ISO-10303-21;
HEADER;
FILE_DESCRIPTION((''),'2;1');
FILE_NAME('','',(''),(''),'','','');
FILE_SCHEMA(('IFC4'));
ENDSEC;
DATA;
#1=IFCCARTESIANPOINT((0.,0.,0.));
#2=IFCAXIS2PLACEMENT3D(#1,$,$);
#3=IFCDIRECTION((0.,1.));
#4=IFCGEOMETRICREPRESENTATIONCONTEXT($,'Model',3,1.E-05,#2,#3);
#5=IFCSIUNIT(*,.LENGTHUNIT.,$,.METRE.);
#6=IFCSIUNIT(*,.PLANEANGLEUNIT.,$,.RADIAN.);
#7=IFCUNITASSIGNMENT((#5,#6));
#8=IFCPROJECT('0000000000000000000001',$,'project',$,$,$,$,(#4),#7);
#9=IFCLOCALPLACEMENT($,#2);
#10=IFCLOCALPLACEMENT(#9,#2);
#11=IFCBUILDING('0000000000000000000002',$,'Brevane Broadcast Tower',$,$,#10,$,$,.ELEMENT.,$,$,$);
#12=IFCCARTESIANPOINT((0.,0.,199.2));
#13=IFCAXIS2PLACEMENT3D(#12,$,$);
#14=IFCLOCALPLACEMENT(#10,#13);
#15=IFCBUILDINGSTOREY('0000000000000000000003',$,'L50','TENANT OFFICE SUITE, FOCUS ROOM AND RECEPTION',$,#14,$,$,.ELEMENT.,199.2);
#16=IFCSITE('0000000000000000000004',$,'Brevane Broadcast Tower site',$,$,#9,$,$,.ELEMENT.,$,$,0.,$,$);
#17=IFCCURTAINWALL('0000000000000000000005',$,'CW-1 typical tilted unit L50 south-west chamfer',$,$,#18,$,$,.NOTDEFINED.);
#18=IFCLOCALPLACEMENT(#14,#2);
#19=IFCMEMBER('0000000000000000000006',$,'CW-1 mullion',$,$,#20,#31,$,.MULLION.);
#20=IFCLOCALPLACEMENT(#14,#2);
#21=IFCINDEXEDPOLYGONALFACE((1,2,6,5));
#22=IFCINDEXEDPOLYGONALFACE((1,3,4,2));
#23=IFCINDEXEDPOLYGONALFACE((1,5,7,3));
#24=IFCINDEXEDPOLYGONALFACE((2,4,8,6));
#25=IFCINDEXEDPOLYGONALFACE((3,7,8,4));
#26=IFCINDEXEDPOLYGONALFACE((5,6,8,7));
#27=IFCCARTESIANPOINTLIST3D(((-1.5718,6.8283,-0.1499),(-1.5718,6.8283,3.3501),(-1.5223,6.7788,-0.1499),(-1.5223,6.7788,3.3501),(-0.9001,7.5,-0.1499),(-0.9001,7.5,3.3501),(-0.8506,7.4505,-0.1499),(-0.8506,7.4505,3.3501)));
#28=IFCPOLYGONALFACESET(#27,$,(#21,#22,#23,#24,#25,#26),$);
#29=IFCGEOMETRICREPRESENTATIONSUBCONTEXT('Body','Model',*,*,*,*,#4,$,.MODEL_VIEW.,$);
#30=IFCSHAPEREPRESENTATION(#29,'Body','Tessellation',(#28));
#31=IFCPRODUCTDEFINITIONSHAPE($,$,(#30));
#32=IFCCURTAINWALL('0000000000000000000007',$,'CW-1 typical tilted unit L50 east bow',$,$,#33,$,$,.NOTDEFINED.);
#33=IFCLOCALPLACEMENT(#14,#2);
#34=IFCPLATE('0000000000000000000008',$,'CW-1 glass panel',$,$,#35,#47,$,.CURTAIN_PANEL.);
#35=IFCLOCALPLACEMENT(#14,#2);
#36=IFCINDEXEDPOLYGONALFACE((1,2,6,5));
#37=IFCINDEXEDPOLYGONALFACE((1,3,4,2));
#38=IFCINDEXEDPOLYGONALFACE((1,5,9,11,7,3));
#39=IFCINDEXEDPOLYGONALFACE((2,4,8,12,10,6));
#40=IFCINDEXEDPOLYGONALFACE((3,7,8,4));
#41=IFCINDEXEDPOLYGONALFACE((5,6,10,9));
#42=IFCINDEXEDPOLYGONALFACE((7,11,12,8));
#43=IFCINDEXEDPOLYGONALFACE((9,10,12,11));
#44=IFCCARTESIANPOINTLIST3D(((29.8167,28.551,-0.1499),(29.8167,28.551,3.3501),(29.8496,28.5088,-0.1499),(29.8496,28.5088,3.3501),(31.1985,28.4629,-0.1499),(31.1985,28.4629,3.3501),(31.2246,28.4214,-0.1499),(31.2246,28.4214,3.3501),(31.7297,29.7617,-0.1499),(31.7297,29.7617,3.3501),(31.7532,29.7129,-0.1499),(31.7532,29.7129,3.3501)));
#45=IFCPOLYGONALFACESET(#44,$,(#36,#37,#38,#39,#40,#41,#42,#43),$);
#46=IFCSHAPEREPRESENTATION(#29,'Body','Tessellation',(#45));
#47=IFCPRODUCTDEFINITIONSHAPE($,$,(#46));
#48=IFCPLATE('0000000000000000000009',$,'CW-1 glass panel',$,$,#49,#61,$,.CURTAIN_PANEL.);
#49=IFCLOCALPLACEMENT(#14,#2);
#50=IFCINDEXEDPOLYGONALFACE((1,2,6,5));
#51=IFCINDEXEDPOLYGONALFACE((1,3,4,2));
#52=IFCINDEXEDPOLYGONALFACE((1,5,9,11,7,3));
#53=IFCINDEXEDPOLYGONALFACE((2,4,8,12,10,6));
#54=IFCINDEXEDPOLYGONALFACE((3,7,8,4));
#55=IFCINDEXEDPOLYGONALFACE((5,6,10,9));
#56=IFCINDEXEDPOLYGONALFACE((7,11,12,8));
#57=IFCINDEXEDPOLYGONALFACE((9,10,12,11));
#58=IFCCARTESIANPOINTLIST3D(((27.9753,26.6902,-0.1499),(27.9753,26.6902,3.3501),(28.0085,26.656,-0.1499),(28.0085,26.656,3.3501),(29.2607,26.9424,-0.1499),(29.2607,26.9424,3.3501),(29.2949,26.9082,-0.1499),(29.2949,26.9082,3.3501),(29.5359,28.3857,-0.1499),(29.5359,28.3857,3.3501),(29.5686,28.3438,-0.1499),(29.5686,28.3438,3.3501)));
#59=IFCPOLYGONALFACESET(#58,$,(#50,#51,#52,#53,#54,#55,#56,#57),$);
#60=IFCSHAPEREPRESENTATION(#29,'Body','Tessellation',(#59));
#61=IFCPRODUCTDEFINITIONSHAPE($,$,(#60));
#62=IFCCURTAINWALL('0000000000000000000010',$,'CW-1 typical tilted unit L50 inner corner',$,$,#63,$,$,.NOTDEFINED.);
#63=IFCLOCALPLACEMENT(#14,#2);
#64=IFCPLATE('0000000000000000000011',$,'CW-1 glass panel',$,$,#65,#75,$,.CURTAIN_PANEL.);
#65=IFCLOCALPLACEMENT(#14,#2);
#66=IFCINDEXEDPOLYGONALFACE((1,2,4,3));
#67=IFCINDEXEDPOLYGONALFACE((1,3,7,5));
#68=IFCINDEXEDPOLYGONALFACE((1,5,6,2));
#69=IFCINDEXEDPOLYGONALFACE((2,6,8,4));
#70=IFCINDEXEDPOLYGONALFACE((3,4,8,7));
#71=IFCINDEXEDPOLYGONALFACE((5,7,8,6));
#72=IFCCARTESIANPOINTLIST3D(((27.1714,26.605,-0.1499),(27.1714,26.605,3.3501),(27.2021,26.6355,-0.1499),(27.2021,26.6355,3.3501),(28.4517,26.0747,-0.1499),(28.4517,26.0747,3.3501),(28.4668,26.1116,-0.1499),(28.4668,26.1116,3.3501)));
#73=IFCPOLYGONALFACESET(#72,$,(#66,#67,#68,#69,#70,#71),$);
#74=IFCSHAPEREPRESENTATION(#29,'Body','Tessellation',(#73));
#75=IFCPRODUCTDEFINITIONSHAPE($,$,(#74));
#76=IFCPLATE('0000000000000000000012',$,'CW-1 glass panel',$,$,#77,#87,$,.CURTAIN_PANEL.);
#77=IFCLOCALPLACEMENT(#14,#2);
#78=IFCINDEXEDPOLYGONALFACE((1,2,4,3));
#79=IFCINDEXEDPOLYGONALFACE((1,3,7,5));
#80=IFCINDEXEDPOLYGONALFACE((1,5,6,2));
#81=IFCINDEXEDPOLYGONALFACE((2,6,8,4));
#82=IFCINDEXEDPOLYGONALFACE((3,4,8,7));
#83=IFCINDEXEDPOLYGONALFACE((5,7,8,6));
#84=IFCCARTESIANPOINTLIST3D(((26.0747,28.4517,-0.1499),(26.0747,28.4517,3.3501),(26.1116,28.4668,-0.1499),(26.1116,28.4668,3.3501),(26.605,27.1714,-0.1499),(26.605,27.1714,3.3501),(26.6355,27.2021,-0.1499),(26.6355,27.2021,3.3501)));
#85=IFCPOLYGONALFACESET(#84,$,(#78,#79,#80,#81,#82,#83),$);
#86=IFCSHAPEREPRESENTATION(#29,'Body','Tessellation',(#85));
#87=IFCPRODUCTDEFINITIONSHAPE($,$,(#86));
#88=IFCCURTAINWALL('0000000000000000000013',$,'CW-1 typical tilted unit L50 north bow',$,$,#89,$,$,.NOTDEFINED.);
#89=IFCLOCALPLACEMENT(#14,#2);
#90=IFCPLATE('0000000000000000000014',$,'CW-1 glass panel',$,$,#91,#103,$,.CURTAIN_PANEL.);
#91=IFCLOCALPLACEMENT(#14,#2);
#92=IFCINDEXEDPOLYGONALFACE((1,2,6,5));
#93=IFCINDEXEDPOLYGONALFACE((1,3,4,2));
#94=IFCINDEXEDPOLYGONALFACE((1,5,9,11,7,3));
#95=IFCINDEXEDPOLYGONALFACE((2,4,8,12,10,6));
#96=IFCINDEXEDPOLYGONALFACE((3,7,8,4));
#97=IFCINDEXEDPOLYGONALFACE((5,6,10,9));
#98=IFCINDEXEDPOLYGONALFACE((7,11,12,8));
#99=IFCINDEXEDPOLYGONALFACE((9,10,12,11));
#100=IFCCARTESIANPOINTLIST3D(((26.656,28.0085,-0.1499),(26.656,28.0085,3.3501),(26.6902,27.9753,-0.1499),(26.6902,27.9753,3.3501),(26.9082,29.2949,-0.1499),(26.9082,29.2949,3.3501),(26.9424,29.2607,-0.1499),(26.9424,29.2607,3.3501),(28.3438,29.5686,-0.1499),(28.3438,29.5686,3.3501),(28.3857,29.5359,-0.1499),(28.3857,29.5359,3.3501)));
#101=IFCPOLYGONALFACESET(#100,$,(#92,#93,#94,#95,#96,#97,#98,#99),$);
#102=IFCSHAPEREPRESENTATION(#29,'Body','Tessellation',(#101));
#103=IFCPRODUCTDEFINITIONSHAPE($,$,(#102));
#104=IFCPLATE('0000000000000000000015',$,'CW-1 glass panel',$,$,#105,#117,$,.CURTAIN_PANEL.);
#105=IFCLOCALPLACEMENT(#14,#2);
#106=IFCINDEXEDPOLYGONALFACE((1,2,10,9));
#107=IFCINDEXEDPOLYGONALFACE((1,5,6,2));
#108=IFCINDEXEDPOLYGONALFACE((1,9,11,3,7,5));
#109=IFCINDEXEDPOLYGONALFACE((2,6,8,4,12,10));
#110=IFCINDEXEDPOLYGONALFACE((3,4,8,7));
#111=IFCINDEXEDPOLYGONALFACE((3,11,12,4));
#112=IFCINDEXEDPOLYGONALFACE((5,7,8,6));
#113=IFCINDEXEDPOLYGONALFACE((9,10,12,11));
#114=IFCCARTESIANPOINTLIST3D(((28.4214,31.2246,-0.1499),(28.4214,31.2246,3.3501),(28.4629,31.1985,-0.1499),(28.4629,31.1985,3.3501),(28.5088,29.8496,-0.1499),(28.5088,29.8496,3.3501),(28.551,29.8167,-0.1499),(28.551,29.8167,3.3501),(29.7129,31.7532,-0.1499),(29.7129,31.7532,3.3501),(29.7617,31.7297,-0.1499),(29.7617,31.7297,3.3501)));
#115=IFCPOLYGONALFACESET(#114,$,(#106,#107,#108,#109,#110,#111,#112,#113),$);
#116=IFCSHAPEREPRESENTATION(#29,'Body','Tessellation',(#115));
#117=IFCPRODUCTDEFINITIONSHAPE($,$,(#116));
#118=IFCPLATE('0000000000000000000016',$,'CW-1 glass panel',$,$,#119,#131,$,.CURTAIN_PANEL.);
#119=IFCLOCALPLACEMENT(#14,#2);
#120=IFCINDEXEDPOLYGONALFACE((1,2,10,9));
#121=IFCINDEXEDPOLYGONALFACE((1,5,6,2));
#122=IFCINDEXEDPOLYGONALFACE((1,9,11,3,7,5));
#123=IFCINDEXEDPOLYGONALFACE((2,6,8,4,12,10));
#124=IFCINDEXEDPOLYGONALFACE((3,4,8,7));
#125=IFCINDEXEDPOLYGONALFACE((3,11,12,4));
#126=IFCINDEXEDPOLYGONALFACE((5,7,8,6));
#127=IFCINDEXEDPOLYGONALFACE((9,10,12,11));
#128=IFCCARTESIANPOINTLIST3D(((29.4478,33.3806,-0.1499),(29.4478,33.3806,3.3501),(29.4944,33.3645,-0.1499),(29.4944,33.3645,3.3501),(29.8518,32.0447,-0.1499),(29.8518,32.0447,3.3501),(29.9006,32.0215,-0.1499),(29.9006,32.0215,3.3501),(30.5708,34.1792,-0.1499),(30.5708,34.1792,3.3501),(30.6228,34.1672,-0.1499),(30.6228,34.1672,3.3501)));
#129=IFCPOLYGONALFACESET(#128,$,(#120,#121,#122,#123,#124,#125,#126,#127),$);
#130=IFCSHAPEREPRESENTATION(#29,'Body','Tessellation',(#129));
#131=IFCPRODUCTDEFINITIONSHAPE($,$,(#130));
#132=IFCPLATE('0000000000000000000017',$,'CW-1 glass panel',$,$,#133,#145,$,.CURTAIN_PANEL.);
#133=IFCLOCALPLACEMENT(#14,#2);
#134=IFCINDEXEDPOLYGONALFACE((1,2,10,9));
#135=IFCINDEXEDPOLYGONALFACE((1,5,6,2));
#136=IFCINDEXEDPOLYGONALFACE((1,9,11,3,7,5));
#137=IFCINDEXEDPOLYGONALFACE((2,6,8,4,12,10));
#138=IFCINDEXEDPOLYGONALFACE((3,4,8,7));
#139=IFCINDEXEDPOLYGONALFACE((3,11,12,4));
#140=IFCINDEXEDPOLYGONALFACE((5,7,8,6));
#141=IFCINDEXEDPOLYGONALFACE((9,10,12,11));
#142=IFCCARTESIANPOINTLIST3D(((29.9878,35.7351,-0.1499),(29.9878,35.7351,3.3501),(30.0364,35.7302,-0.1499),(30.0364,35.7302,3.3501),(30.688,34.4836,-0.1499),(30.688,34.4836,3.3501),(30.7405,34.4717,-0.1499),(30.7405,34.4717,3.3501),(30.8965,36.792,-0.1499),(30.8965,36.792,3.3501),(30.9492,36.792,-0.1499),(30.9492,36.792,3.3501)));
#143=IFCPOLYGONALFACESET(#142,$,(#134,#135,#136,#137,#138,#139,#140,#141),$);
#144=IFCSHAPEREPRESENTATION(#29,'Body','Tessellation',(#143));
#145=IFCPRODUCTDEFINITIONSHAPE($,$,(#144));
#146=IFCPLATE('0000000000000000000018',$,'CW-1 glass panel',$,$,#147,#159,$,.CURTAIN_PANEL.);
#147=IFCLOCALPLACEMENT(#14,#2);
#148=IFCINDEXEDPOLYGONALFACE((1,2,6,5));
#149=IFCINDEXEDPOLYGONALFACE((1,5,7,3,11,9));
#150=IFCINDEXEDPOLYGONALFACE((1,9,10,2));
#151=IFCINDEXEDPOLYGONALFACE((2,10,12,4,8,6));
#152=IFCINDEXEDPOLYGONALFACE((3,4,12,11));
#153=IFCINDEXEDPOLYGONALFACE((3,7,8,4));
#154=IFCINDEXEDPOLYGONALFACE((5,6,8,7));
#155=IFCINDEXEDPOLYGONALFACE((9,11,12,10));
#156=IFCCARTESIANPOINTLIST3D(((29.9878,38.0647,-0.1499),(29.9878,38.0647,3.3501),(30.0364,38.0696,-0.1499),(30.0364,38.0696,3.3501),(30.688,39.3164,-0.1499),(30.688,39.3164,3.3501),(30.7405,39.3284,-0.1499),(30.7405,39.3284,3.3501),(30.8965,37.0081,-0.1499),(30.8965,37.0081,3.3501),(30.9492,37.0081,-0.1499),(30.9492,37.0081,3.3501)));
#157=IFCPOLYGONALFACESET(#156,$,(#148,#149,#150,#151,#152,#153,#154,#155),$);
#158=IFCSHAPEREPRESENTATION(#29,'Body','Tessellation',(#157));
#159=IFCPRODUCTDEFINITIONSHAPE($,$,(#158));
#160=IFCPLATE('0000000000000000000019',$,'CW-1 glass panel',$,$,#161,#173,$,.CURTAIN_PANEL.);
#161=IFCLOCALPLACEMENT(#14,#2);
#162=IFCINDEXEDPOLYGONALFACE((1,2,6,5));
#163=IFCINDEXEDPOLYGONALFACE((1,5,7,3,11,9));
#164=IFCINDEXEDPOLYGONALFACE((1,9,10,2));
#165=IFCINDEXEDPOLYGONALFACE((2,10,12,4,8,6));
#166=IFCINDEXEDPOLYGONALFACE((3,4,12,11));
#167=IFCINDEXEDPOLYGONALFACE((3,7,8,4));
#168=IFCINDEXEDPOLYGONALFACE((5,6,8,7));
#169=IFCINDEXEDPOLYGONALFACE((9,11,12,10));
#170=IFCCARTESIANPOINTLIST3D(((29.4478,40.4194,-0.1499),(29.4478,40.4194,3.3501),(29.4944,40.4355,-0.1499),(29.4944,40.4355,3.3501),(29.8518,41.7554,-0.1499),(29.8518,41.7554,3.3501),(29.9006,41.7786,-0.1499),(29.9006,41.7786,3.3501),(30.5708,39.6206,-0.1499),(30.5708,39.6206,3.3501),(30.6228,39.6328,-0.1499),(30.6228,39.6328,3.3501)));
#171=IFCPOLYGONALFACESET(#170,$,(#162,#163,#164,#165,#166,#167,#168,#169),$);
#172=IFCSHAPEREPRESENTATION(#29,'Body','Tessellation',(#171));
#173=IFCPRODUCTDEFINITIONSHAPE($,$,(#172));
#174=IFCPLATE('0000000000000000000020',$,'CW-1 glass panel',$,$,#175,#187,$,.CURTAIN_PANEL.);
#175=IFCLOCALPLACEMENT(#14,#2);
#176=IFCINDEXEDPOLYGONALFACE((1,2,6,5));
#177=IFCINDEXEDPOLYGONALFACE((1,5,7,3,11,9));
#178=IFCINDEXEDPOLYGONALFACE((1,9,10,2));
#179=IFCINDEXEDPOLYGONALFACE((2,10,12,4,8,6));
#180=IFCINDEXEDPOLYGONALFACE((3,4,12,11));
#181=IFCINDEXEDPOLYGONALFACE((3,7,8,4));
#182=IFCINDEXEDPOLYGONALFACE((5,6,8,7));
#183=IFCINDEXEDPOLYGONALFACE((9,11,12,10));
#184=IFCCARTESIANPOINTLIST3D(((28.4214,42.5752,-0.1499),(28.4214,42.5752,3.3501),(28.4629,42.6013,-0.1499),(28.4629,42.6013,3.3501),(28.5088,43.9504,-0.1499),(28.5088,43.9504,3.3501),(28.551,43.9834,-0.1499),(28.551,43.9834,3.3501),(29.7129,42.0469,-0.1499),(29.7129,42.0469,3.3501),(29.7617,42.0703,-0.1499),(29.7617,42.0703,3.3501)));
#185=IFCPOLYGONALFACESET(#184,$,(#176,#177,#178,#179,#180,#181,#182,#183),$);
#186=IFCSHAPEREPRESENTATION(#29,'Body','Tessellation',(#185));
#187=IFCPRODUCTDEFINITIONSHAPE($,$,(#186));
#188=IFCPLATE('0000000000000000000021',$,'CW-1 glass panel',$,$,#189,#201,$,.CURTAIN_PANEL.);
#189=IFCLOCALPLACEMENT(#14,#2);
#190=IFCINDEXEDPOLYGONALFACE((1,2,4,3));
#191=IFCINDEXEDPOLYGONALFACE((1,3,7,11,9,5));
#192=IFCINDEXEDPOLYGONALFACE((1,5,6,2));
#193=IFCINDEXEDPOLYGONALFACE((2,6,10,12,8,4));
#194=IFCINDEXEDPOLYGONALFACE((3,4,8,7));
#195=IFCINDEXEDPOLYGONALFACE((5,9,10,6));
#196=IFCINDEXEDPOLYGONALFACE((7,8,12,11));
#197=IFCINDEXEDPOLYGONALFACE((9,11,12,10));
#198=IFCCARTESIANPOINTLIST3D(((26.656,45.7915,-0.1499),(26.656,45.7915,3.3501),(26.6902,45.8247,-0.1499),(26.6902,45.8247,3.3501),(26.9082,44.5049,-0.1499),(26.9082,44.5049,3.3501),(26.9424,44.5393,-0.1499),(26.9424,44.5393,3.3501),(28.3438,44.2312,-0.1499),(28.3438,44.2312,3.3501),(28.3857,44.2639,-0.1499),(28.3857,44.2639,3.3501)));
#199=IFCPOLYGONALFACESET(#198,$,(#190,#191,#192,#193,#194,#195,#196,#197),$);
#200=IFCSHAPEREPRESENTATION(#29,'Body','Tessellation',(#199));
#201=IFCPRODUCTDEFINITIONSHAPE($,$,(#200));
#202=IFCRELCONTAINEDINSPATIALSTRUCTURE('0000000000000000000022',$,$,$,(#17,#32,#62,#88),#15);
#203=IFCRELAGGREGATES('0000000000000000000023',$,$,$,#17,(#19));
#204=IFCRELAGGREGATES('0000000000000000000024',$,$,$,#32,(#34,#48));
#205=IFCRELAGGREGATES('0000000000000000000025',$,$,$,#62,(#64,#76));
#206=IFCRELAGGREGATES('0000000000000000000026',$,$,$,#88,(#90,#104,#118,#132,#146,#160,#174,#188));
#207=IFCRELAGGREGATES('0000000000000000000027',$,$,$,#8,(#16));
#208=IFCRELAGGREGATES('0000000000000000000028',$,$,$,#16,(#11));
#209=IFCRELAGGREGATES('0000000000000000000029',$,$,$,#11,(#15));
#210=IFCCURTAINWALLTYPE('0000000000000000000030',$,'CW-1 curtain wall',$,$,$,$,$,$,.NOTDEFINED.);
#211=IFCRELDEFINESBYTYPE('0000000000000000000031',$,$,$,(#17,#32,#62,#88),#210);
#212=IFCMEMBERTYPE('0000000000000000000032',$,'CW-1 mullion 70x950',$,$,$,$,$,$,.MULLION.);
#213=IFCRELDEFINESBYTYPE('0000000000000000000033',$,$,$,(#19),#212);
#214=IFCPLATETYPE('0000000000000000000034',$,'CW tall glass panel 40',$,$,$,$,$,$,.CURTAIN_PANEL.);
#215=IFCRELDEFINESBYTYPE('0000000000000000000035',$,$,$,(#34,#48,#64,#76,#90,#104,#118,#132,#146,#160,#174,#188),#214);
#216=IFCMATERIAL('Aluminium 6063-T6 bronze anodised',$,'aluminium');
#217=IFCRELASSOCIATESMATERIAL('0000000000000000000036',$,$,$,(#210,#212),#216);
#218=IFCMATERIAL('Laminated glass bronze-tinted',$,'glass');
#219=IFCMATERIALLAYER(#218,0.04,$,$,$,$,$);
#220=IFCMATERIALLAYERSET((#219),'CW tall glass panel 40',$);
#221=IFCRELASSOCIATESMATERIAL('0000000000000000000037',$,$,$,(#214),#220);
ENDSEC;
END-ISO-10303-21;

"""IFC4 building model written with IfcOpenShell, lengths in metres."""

from ifc_helpers import new_model, si_unit, direction, frame, origin, origin_2d, place, context, subcontext, project, spatial, polyline, rectangle, outline, extrude, material, layer, layer_set, material_profile, profile_set, type_object, element, aggregate, save


model = new_model("IFC4")

# Units and contexts
model_context = context("Model", 3, precision=1e-05, world=origin(), true_north=direction((0.0, 1.0)))
body_context = subcontext(model_context, "Body", "Model", "MODEL_VIEW")
ifc_project = project(units=[si_unit("LENGTHUNIT", "METRE"), si_unit("PLANEANGLEUNIT", "RADIAN")], contexts=[model_context])

# Site, building, storey
site_placement = place(None, origin())
site = spatial("IfcSite", under=ifc_project, at=site_placement, Name="Brevane Broadcast Tower site", CompositionType="ELEMENT", RefElevation=0.0)
building_placement = place(site_placement, origin())
building = spatial("IfcBuilding", under=site, at=building_placement, Name="Brevane Broadcast Tower", CompositionType="ELEMENT")
storey_placement = place(building_placement, frame((0.0, 0.0, 199.2)))
storey = spatial("IfcBuildingStorey", under=building, at=storey_placement, Name="L50", Description="TENANT OFFICE SUITE, FOCUS ROOM AND RECEPTION", CompositionType="ELEMENT", Elevation=199.2)

# Curtain wall, member
ifc_material_1 = material(Name="Aluminium 6063-T6 bronze anodised", Category="aluminium")
curtain_wall_type = type_object("IfcCurtainWallType", Name="CW-1 curtain wall", PredefinedType="NOTDEFINED", material=ifc_material_1)
curtain_wall_1_placement = place(storey_placement, origin())
curtain_wall_1 = element("IfcCurtainWall", 1, at=curtain_wall_1_placement, inside=storey, type_object=curtain_wall_type, Name="CW-1 typical tilted unit L50 south-west chamfer", PredefinedType="NOTDEFINED")
ifc_material_profile = material_profile(ifc_material_1, rectangle(XDim=0.95, YDim=0.0701, at=origin_2d()), Name="RECT 70x950")
ifc_profile_set = profile_set([ifc_material_profile], Name="Aluminium 6063-T6 bronze anodised")
member_type = type_object("IfcMemberType", Name="CW-1 mullion 70x950", PredefinedType="MULLION", material=ifc_profile_set)
member_placement = place(storey_placement, frame((-1.2112, 7.1394, -0.1499), z_axis=(0.0, 0.0, 1.0), x_axis=(0.707107, 0.707107, 0.0)))
member = element("IfcMember", 2, at=member_placement, type_object=member_type, Name="CW-1 mullion", PredefinedType="MULLION", context=body_context, shape_type="SweptSolid", body=[
    extrude(rectangle(XDim=0.95, YDim=0.0701, at=origin_2d()), origin(), (0.0, 0.0, 1.0), 3.5),
])
aggregate(curtain_wall_1, [member])

# Curtain walls, plates
curtain_wall_2_placement = place(storey_placement, origin())
curtain_wall_2 = element("IfcCurtainWall", 3, at=curtain_wall_2_placement, inside=storey, type_object=curtain_wall_type, Name="CW-1 typical tilted unit L50 east bow", PredefinedType="NOTDEFINED")
ifc_material_2 = material(Name="Laminated glass bronze-tinted", Category="glass")
ifc_layer = layer(ifc_material_2, 0.04)
ifc_layer_set = layer_set([ifc_layer], Name="CW tall glass panel 40")
plate_type = type_object("IfcPlateType", Name="CW tall glass panel 40", PredefinedType="CURTAIN_PANEL", material=ifc_layer_set)
plate_1_placement = place(storey_placement, frame((0.0, 0.0, -0.1499)))
plate_1 = element("IfcPlate", 4, at=plate_1_placement, type_object=plate_type, Name="CW-1 glass panel", PredefinedType="CURTAIN_PANEL", context=body_context, shape_type="SweptSolid", body=[
    extrude(outline(polyline([(31.7532, 29.7129), (31.7297, 29.7617), (31.1985, 28.4629), (29.8167, 28.551), (29.8496, 28.5088), (31.2246, 28.4214), (31.7532, 29.7129)])), origin(), (0.0, 0.0, 1.0), 3.5),
])
plate_2_placement = place(storey_placement, frame((0.0, 0.0, -0.1499)))
plate_2 = element("IfcPlate", 5, at=plate_2_placement, type_object=plate_type, Name="CW-1 glass panel", PredefinedType="CURTAIN_PANEL", context=body_context, shape_type="SweptSolid", body=[
    extrude(outline(polyline([(29.5686, 28.3438), (29.5359, 28.3857), (29.2607, 26.9424), (27.9753, 26.6902), (28.0085, 26.656), (29.2949, 26.9082), (29.5686, 28.3438)])), origin(), (0.0, 0.0, 1.0), 3.5),
])
aggregate(curtain_wall_2, [plate_1, plate_2])
curtain_wall_3_placement = place(storey_placement, origin())
curtain_wall_3 = element("IfcCurtainWall", 6, at=curtain_wall_3_placement, inside=storey, type_object=curtain_wall_type, Name="CW-1 typical tilted unit L50 inner corner", PredefinedType="NOTDEFINED")
plate_3_placement = place(storey_placement, frame((0.0, 0.0, -0.1499)))
plate_3 = element("IfcPlate", 7, at=plate_3_placement, type_object=plate_type, Name="CW-1 glass panel", PredefinedType="CURTAIN_PANEL", context=body_context, shape_type="SweptSolid", body=[
    extrude(outline(polyline([(28.4517, 26.0747), (28.4668, 26.1116), (27.2021, 26.6355), (27.1714, 26.605), (28.4517, 26.0747)])), origin(), (0.0, 0.0, 1.0), 3.5),
])
plate_4_placement = place(storey_placement, frame((0.0, 0.0, -0.1499)))
plate_4 = element("IfcPlate", 8, at=plate_4_placement, type_object=plate_type, Name="CW-1 glass panel", PredefinedType="CURTAIN_PANEL", context=body_context, shape_type="SweptSolid", body=[
    extrude(outline(polyline([(26.605, 27.1714), (26.6355, 27.2021), (26.1116, 28.4668), (26.0747, 28.4517), (26.605, 27.1714)])), origin(), (0.0, 0.0, 1.0), 3.5),
])
aggregate(curtain_wall_3, [plate_3, plate_4])
curtain_wall_4_placement = place(storey_placement, origin())
curtain_wall_4 = element("IfcCurtainWall", 9, at=curtain_wall_4_placement, inside=storey, type_object=curtain_wall_type, Name="CW-1 typical tilted unit L50 north bow", PredefinedType="NOTDEFINED")
plate_5_placement = place(storey_placement, frame((0.0, 0.0, -0.1499)))
plate_5 = element("IfcPlate", 10, at=plate_5_placement, type_object=plate_type, Name="CW-1 glass panel", PredefinedType="CURTAIN_PANEL", context=body_context, shape_type="SweptSolid", body=[
    extrude(outline(polyline([(26.656, 28.0085), (26.6902, 27.9753), (26.9424, 29.2607), (28.3857, 29.5359), (28.3438, 29.5686), (26.9082, 29.2949), (26.656, 28.0085)])), origin(), (0.0, 0.0, 1.0), 3.5),
])
plate_6_placement = place(storey_placement, frame((0.0, 0.0, -0.1499)))
plate_6 = element("IfcPlate", 11, at=plate_6_placement, type_object=plate_type, Name="CW-1 glass panel", PredefinedType="CURTAIN_PANEL", context=body_context, shape_type="SweptSolid", body=[
    extrude(outline(polyline([(28.5088, 29.8496), (28.551, 29.8167), (28.4629, 31.1985), (29.7617, 31.7297), (29.7129, 31.7532), (28.4214, 31.2246), (28.5088, 29.8496)])), origin(), (0.0, 0.0, 1.0), 3.5),
])
plate_7_placement = place(storey_placement, frame((0.0, 0.0, -0.1499)))
plate_7 = element("IfcPlate", 12, at=plate_7_placement, type_object=plate_type, Name="CW-1 glass panel", PredefinedType="CURTAIN_PANEL", context=body_context, shape_type="SweptSolid", body=[
    extrude(outline(polyline([(29.8518, 32.0447), (29.9006, 32.0215), (29.4944, 33.3645), (30.6228, 34.1672), (30.5708, 34.1792), (29.4478, 33.3806), (29.8518, 32.0447)])), origin(), (0.0, 0.0, 1.0), 3.5),
])
plate_8_placement = place(storey_placement, frame((0.0, 0.0, -0.1499)))
plate_8 = element("IfcPlate", 13, at=plate_8_placement, type_object=plate_type, Name="CW-1 glass panel", PredefinedType="CURTAIN_PANEL", context=body_context, shape_type="SweptSolid", body=[
    extrude(outline(polyline([(30.688, 34.4836), (30.7405, 34.4717), (30.0364, 35.7302), (30.9492, 36.792), (30.8965, 36.792), (29.9878, 35.7351), (30.688, 34.4836)])), origin(), (0.0, 0.0, 1.0), 3.5),
])
plate_9_placement = place(storey_placement, frame((0.0, 0.0, -0.1499)))
plate_9 = element("IfcPlate", 14, at=plate_9_placement, type_object=plate_type, Name="CW-1 glass panel", PredefinedType="CURTAIN_PANEL", context=body_context, shape_type="SweptSolid", body=[
    extrude(outline(polyline([(30.8965, 37.0081), (30.9492, 37.0081), (30.0364, 38.0696), (30.7405, 39.3284), (30.688, 39.3164), (29.9878, 38.0647), (30.8965, 37.0081)])), origin(), (0.0, 0.0, 1.0), 3.5),
])
plate_10_placement = place(storey_placement, frame((0.0, 0.0, -0.1499)))
plate_10 = element("IfcPlate", 15, at=plate_10_placement, type_object=plate_type, Name="CW-1 glass panel", PredefinedType="CURTAIN_PANEL", context=body_context, shape_type="SweptSolid", body=[
    extrude(outline(polyline([(30.5708, 39.6206), (30.6228, 39.6328), (29.4944, 40.4355), (29.9006, 41.7786), (29.8518, 41.7554), (29.4478, 40.4194), (30.5708, 39.6206)])), origin(), (0.0, 0.0, 1.0), 3.5),
])
plate_11_placement = place(storey_placement, frame((0.0, 0.0, -0.1499)))
plate_11 = element("IfcPlate", 16, at=plate_11_placement, type_object=plate_type, Name="CW-1 glass panel", PredefinedType="CURTAIN_PANEL", context=body_context, shape_type="SweptSolid", body=[
    extrude(outline(polyline([(29.7129, 42.0469), (29.7617, 42.0703), (28.4629, 42.6013), (28.551, 43.9834), (28.5088, 43.9504), (28.4214, 42.5752), (29.7129, 42.0469)])), origin(), (0.0, 0.0, 1.0), 3.5),
])
plate_12_placement = place(storey_placement, frame((0.0, 0.0, -0.1499)))
plate_12 = element("IfcPlate", 17, at=plate_12_placement, type_object=plate_type, Name="CW-1 glass panel", PredefinedType="CURTAIN_PANEL", context=body_context, shape_type="SweptSolid", body=[
    extrude(outline(polyline([(28.3438, 44.2312), (28.3857, 44.2639), (26.9424, 44.5393), (26.6902, 45.8247), (26.656, 45.7915), (26.9082, 44.5049), (28.3438, 44.2312)])), origin(), (0.0, 0.0, 1.0), 3.5),
])
aggregate(curtain_wall_4, [plate_5, plate_6, plate_7, plate_8, plate_9, plate_10, plate_11, plate_12])

save(model, "model.ifc")
